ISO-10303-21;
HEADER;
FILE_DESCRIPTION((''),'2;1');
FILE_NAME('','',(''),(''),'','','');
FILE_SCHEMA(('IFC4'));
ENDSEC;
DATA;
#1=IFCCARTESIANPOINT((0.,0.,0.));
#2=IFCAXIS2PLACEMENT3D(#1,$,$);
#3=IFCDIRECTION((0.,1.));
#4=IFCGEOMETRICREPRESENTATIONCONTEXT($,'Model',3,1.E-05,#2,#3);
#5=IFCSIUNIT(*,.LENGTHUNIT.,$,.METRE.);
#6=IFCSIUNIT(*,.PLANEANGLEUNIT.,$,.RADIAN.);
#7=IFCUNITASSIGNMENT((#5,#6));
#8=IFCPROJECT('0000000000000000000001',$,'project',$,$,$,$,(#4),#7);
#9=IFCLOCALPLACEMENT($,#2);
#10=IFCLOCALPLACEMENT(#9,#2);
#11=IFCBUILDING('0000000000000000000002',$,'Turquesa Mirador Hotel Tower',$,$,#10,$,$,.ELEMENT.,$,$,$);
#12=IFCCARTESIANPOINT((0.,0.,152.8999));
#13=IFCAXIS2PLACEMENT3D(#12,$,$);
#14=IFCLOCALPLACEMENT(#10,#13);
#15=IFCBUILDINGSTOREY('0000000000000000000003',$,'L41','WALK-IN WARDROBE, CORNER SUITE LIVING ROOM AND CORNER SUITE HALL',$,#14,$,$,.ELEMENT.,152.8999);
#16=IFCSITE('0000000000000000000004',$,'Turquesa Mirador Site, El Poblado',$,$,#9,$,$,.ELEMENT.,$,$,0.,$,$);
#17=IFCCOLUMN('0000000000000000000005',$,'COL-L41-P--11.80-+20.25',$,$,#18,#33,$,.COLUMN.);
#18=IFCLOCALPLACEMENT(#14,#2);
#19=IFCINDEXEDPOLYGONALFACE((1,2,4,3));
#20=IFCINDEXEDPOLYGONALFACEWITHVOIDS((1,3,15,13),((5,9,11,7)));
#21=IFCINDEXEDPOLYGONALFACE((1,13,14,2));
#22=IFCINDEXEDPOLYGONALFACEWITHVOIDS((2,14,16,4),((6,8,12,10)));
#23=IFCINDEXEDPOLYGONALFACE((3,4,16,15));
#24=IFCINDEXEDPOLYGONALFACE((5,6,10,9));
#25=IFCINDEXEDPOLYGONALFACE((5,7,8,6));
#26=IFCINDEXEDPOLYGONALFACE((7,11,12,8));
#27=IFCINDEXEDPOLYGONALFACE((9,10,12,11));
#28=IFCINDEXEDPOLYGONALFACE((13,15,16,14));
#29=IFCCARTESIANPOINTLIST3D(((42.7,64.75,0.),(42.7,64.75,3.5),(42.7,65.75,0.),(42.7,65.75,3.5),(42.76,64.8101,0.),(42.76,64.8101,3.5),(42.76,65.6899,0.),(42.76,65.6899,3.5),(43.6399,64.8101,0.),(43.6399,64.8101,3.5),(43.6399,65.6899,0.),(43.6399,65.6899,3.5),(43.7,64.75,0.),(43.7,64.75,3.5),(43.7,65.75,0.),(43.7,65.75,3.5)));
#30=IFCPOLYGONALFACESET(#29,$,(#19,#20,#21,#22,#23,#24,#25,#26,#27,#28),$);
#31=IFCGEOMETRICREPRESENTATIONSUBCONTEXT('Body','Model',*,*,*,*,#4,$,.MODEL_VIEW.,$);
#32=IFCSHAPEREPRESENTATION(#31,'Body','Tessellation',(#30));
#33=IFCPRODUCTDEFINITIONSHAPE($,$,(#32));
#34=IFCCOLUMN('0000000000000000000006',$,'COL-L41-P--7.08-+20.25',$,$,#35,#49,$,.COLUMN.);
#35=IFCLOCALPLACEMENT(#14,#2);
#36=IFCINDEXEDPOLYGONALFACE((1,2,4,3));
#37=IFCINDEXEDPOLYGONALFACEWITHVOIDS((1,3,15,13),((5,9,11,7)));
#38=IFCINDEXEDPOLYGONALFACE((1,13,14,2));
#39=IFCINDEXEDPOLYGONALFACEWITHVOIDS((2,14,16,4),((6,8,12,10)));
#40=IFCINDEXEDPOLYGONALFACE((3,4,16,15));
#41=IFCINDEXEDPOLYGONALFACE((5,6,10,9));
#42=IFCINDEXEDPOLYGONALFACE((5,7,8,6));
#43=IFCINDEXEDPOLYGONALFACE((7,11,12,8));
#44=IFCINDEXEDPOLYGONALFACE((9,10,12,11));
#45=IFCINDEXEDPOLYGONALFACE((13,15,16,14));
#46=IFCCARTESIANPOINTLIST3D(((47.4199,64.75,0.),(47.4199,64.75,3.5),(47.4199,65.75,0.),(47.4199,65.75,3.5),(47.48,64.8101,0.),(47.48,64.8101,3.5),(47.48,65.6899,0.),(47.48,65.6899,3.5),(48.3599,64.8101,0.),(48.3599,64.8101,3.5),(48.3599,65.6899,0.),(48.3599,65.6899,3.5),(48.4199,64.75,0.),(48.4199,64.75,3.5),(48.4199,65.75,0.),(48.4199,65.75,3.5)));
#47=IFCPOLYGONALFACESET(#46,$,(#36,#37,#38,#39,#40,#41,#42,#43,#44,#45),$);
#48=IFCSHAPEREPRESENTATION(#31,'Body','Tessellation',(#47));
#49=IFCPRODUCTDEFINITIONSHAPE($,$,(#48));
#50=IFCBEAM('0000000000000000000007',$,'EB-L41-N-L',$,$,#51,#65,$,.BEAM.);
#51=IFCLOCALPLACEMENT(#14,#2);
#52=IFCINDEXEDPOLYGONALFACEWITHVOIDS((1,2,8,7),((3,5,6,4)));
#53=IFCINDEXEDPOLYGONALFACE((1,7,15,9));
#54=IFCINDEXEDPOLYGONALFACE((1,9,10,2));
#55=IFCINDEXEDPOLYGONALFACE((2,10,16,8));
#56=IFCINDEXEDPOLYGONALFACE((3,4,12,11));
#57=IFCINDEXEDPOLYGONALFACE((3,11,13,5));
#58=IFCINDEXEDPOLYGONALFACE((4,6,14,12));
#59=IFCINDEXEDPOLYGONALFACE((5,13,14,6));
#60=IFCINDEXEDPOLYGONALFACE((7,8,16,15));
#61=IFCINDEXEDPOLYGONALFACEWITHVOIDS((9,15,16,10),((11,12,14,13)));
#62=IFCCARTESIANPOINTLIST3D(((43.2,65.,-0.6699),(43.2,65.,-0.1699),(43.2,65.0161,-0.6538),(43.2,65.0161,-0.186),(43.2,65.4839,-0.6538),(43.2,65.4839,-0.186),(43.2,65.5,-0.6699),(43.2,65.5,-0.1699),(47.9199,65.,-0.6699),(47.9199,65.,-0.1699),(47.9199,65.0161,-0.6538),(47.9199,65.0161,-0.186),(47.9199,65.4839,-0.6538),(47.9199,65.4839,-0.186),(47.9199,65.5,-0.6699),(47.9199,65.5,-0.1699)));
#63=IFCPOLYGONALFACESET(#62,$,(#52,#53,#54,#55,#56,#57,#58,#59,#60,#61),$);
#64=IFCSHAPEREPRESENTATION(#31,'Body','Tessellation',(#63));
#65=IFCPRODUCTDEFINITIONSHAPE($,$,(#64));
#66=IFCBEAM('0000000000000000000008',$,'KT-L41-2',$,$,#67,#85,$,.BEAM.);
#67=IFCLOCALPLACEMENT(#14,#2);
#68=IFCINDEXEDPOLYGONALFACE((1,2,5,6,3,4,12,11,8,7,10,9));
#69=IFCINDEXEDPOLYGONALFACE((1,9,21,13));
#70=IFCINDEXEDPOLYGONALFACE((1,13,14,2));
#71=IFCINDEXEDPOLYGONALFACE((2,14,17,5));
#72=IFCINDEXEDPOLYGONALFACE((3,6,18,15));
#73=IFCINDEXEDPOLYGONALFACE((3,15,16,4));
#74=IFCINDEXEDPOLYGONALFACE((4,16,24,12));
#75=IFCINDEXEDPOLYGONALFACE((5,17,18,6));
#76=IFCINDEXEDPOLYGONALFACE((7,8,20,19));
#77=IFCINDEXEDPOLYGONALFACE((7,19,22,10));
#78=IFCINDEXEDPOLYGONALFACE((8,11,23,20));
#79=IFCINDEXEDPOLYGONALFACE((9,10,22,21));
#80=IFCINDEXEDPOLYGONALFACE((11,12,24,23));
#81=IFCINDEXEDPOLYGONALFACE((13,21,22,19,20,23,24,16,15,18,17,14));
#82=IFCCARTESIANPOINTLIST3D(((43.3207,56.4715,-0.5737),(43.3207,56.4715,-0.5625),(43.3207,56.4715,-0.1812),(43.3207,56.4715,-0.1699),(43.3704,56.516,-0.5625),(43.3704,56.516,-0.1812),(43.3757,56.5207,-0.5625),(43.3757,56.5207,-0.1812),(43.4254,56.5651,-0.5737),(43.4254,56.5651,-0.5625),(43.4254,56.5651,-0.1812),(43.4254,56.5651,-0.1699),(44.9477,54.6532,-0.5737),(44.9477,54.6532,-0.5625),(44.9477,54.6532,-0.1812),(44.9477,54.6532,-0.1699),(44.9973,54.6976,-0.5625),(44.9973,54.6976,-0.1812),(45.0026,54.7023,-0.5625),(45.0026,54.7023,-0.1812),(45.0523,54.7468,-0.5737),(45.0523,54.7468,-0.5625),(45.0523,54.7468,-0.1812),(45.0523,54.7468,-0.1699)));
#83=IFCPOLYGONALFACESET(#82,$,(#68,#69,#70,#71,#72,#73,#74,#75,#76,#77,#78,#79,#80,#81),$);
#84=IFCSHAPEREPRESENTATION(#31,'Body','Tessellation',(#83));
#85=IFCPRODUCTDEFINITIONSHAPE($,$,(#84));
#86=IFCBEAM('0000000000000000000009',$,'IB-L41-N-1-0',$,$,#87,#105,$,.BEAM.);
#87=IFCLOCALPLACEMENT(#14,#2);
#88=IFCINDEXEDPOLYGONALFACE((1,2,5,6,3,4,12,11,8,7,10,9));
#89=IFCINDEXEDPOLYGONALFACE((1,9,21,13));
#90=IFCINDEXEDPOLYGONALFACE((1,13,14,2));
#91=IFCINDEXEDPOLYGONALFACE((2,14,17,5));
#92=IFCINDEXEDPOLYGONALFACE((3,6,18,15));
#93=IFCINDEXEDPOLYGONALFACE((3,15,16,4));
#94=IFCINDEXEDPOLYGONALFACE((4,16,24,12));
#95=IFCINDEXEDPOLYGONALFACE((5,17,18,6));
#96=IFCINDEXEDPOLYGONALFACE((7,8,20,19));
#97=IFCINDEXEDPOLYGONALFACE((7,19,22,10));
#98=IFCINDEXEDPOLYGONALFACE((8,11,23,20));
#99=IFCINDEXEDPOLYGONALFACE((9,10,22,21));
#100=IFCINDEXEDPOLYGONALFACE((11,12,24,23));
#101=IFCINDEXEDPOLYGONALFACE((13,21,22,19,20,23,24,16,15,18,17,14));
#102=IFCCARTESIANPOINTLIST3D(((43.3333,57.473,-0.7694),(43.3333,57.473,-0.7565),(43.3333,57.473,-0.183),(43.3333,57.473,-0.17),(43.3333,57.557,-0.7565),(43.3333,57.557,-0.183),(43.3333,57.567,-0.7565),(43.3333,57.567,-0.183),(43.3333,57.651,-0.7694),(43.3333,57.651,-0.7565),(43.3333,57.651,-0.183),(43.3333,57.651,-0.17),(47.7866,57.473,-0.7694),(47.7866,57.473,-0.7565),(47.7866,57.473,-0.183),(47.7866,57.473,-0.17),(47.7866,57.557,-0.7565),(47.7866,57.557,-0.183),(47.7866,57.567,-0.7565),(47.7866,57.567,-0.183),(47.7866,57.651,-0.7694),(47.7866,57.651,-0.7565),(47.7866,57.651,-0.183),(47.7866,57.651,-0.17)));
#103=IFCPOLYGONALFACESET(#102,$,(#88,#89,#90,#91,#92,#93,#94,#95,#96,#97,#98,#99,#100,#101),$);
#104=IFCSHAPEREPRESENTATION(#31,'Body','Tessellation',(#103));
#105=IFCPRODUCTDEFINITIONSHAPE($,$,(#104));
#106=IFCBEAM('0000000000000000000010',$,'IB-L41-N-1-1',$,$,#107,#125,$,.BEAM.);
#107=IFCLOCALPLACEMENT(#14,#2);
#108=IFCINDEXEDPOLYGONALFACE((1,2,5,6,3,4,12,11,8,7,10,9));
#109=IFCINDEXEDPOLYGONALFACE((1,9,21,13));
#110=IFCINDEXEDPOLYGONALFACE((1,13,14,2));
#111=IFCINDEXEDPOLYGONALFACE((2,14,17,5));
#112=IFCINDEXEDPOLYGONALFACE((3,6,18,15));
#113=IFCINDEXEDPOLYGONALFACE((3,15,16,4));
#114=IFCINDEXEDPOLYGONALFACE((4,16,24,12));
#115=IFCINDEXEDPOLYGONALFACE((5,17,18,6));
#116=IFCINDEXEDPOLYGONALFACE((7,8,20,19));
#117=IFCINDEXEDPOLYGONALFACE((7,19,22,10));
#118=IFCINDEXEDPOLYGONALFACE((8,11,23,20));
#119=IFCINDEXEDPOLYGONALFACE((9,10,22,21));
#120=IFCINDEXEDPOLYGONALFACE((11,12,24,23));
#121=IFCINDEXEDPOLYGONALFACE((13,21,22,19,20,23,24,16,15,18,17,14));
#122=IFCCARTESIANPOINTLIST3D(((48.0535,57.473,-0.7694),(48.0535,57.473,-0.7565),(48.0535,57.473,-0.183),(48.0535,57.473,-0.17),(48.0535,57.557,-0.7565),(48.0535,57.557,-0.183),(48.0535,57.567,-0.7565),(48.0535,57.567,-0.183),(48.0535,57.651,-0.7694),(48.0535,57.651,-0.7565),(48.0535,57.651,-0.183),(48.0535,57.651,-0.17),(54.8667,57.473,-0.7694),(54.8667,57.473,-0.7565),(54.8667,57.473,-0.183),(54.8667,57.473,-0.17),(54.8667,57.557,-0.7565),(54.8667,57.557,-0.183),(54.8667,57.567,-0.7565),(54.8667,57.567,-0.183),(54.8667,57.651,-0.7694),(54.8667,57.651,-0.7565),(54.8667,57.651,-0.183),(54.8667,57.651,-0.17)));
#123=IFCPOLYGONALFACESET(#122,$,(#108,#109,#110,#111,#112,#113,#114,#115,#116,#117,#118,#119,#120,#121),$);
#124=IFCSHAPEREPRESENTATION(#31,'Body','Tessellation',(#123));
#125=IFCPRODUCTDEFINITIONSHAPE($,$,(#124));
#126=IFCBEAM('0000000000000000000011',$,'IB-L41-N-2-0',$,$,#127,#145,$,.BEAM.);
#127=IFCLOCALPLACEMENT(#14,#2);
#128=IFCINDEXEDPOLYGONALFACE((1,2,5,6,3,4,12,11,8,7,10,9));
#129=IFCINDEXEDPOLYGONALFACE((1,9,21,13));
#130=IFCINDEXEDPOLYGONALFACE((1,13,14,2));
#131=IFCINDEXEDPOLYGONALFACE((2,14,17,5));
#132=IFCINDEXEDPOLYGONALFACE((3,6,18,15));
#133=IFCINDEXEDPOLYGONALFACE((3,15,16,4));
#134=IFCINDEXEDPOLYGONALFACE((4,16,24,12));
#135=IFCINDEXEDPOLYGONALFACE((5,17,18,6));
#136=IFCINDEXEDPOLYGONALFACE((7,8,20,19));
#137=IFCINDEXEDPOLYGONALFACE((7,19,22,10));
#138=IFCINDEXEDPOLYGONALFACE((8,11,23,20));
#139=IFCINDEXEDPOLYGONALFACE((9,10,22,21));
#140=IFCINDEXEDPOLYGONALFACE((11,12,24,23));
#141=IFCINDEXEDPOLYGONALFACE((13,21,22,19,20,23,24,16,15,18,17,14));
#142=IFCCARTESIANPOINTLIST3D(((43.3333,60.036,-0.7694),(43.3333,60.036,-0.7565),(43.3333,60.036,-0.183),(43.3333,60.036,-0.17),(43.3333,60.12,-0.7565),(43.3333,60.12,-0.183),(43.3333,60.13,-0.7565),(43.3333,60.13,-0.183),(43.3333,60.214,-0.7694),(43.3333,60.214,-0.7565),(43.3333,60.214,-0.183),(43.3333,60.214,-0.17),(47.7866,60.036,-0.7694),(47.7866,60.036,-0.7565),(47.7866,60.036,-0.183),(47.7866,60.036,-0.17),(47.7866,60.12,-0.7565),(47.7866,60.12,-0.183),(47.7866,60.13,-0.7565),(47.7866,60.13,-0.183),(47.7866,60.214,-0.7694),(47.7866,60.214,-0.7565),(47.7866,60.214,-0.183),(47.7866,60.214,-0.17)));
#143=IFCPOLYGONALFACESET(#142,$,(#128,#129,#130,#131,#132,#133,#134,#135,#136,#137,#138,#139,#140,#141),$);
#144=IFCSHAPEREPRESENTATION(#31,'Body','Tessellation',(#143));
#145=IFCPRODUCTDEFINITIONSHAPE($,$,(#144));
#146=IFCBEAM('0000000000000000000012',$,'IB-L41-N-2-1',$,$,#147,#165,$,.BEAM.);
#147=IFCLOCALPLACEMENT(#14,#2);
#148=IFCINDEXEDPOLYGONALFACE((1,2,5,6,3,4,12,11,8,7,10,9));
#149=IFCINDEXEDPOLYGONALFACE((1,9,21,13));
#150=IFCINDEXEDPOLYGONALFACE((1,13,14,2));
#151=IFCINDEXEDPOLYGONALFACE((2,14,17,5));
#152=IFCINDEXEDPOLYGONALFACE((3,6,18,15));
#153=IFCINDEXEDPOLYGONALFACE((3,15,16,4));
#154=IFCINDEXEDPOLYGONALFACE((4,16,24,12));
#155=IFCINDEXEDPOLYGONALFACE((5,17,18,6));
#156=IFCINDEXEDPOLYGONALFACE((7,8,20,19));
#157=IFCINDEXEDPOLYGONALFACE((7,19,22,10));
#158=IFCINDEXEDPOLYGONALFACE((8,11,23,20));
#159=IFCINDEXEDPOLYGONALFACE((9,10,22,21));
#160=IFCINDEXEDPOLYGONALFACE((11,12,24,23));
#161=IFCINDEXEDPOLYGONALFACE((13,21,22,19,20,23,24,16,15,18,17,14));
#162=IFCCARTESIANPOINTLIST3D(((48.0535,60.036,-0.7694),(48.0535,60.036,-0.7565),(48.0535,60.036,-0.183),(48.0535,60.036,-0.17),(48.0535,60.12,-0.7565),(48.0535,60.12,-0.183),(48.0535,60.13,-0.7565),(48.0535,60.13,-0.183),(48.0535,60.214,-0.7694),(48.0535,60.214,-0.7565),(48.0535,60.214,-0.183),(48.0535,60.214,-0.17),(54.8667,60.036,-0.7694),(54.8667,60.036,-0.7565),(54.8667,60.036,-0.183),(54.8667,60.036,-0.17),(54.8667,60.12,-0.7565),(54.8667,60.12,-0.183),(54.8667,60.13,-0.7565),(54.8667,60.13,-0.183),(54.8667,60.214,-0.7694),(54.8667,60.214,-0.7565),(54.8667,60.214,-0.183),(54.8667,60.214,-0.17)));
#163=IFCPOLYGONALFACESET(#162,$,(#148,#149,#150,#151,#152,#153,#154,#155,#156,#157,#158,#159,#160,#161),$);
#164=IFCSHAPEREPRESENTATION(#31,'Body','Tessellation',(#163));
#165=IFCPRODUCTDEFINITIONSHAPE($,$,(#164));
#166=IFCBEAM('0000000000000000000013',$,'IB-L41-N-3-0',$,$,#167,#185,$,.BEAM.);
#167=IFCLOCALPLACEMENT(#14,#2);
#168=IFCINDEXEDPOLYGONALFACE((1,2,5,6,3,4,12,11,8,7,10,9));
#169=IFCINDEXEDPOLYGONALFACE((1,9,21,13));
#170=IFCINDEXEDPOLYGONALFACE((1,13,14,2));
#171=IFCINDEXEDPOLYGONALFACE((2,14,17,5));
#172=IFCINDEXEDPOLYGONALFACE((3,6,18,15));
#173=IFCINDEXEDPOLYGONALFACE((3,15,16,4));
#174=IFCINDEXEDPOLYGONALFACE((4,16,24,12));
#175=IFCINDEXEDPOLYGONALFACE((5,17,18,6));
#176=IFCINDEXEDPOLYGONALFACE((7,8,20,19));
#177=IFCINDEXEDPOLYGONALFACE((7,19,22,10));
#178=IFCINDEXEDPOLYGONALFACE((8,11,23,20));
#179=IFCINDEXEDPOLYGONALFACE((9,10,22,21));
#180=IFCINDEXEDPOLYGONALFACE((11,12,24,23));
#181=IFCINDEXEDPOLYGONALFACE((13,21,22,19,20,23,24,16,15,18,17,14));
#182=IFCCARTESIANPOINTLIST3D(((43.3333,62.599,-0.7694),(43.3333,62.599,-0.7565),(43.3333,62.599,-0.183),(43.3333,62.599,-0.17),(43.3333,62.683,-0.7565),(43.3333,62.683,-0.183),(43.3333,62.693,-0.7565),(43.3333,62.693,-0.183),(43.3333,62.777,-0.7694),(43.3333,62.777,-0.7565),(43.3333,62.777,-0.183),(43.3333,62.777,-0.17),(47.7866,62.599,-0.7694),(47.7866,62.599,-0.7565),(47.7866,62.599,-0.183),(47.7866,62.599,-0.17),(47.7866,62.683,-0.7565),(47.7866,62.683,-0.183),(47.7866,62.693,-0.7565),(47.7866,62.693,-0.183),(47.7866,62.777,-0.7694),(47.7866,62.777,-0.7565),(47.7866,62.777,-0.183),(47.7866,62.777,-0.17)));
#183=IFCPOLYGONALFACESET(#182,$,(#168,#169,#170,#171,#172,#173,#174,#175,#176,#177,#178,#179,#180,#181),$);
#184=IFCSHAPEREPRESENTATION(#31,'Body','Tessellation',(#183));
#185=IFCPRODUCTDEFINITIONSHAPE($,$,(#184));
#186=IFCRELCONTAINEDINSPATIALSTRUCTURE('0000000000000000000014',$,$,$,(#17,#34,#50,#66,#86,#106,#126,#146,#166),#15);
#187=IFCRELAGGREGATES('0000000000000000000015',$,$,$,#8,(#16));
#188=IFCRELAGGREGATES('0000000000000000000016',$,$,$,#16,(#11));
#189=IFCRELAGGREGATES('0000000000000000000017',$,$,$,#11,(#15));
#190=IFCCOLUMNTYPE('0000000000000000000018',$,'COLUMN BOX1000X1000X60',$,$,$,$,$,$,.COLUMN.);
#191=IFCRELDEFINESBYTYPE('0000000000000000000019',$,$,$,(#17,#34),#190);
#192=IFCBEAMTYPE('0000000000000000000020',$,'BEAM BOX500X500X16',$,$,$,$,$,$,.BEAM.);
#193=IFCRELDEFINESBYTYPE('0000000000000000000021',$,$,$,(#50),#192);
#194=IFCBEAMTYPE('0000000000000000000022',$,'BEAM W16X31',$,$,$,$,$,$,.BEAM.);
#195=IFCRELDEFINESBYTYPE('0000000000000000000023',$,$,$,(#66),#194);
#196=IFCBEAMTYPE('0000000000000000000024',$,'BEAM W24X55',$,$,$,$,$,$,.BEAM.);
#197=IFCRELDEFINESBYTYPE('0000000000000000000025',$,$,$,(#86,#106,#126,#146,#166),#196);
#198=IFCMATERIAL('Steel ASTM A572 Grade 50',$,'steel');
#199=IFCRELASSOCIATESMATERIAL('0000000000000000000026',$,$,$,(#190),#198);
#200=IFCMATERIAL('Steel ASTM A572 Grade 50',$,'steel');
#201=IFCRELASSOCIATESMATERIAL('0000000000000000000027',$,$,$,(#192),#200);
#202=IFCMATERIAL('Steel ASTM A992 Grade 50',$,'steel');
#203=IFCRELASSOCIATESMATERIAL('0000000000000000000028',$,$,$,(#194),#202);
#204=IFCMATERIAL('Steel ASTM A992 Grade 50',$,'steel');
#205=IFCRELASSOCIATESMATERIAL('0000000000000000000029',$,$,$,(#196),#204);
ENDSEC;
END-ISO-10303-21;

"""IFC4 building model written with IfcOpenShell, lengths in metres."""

from ifc_helpers import new_model, si_unit, direction, frame, origin, origin_2d, place, context, subcontext, project, spatial, hollow_rectangle, i_section, extrude, material, material_profile, profile_set, type_object, element, save


model = new_model("IFC4")

# Units and contexts
model_context = context("Model", 3, precision=1e-05, world=origin(), true_north=direction((0.0, 1.0)))
body_context = subcontext(model_context, "Body", "Model", "MODEL_VIEW")
ifc_project = project(units=[si_unit("LENGTHUNIT", "METRE"), si_unit("PLANEANGLEUNIT", "RADIAN")], contexts=[model_context])

# Site, building, storey
site_placement = place(None, origin())
site = spatial("IfcSite", under=ifc_project, at=site_placement, Name="Turquesa Mirador Site, El Poblado", CompositionType="ELEMENT", RefElevation=0.0)
building_placement = place(site_placement, origin())
building = spatial("IfcBuilding", under=site, at=building_placement, Name="Turquesa Mirador Hotel Tower", CompositionType="ELEMENT")
storey_placement = place(building_placement, frame((0.0, 0.0, 152.8999)))
storey = spatial("IfcBuildingStorey", under=building, at=storey_placement, Name="L41", Description="WALK-IN WARDROBE, CORNER SUITE LIVING ROOM AND CORNER SUITE HALL", CompositionType="ELEMENT", Elevation=152.8999)

# Columns
ifc_material_1 = material(Name="Steel ASTM A572 Grade 50", Category="steel")
ifc_material_profile_1 = material_profile(ifc_material_1, hollow_rectangle(XDim=1.0, YDim=1.0, WallThickness=0.0601, at=origin_2d()), Name="BOX1000X1000X60")
ifc_profile_set_1 = profile_set([ifc_material_profile_1], Name="Steel ASTM A572 Grade 50")
column_type = type_object("IfcColumnType", Name="COLUMN BOX1000X1000X60", PredefinedType="COLUMN", material=ifc_profile_set_1)
for number, where, z_axis, x_axis, name in (
    (1, (43.2, 65.25, 0.0), (0.0, 0.0, 1.0), (1.0, 0.0, 0.0), "COL-L41-P--11.80-+20.25"),
    (2, (47.9199, 65.25, 0.0), (0.0, 0.0, 1.0), (1.0, 0.0, 0.0), "COL-L41-P--7.08-+20.25"),
):
    element("IfcColumn", number, at=place(storey_placement, frame(where, z_axis=z_axis, x_axis=x_axis)), inside=storey, type_object=column_type, Name=name, PredefinedType="COLUMN", context=body_context, shape_type="SweptSolid", body=[
        extrude(hollow_rectangle(XDim=1.0, YDim=1.0, WallThickness=0.0601, at=origin_2d()), origin(), (0.0, 0.0, 1.0), 3.5),
    ])

# Beams
ifc_material_2 = material(Name="Steel ASTM A572 Grade 50", Category="steel")
ifc_material_profile_2 = material_profile(ifc_material_2, hollow_rectangle(XDim=0.5, YDim=0.5, WallThickness=0.0161, at=origin_2d()), Name="BOX500X500X16")
ifc_profile_set_2 = profile_set([ifc_material_profile_2], Name="Steel ASTM A572 Grade 50")
beam_type_1 = type_object("IfcBeamType", Name="BEAM BOX500X500X16", PredefinedType="BEAM", material=ifc_profile_set_2)
beam_1_placement = place(storey_placement, frame((43.2, 65.25, -0.4199), z_axis=(1.0, 0.0, 0.0), x_axis=(0.0, 1.0, 0.0)))
element("IfcBeam", 3, at=beam_1_placement, inside=storey, type_object=beam_type_1, Name="EB-L41-N-L", PredefinedType="BEAM", context=body_context, shape_type="SweptSolid", body=[
    extrude(hollow_rectangle(XDim=0.5, YDim=0.5, WallThickness=0.0161, at=origin_2d()), origin(), (0.0, 0.0, 1.0), 4.72),
])
ifc_material_3 = material(Name="Steel ASTM A992 Grade 50", Category="steel")
ifc_material_profile_3 = material_profile(ifc_material_3, i_section(OverallWidth=0.1404, OverallDepth=0.4038, WebThickness=0.0071, FlangeThickness=0.0112, at=origin_2d()), Name="W16X31")
ifc_profile_set_3 = profile_set([ifc_material_profile_3], Name="Steel ASTM A992 Grade 50")
beam_type_2 = type_object("IfcBeamType", Name="BEAM W16X31", PredefinedType="BEAM", material=ifc_profile_set_3)
beam_2_placement = place(storey_placement, frame((43.373, 56.5183, -0.3718), z_axis=(0.666795, -0.745241, 0.0), x_axis=(0.745241, 0.666795, 0.0)))
element("IfcBeam", 4, at=beam_2_placement, inside=storey, type_object=beam_type_2, Name="KT-L41-2", PredefinedType="BEAM", context=body_context, shape_type="SweptSolid", body=[
    extrude(i_section(OverallWidth=0.1404, OverallDepth=0.4038, WebThickness=0.0071, FlangeThickness=0.0112, at=origin_2d()), origin(), (0.0, 0.0, 1.0), 2.4399),
])
ifc_material_4 = material(Name="Steel ASTM A992 Grade 50", Category="steel")
ifc_material_profile_4 = material_profile(ifc_material_4, i_section(OverallWidth=0.178, OverallDepth=0.5994, WebThickness=0.01, FlangeThickness=0.0129, at=origin_2d()), Name="W24X55")
ifc_profile_set_4 = profile_set([ifc_material_profile_4], Name="Steel ASTM A992 Grade 50")
beam_type_3 = type_object("IfcBeamType", Name="BEAM W24X55", PredefinedType="BEAM", material=ifc_profile_set_4)
beam_3_placement = place(storey_placement, frame((43.3333, 57.562, -0.4697), z_axis=(1.0, 0.0, 0.0), x_axis=(0.0, 1.0, 0.0)))
element("IfcBeam", 5, at=beam_3_placement, inside=storey, type_object=beam_type_3, Name="IB-L41-N-1-0", PredefinedType="BEAM", context=body_context, shape_type="SweptSolid", body=[
    extrude(i_section(OverallWidth=0.178, OverallDepth=0.5994, WebThickness=0.01, FlangeThickness=0.0129, at=origin_2d()), origin(), (0.0, 0.0, 1.0), 4.4534),
])
beam_4_placement = place(storey_placement, frame((48.0535, 57.562, -0.4697), z_axis=(1.0, 0.0, 0.0), x_axis=(0.0, 1.0, 0.0)))
element("IfcBeam", 6, at=beam_4_placement, inside=storey, type_object=beam_type_3, Name="IB-L41-N-1-1", PredefinedType="BEAM", context=body_context, shape_type="SweptSolid", body=[
    extrude(i_section(OverallWidth=0.178, OverallDepth=0.5994, WebThickness=0.01, FlangeThickness=0.0129, at=origin_2d()), origin(), (0.0, 0.0, 1.0), 6.8132),
])
beam_5_placement = place(storey_placement, frame((43.3333, 60.125, -0.4697), z_axis=(1.0, 0.0, 0.0), x_axis=(0.0, 1.0, 0.0)))
element("IfcBeam", 7, at=beam_5_placement, inside=storey, type_object=beam_type_3, Name="IB-L41-N-2-0", PredefinedType="BEAM", context=body_context, shape_type="SweptSolid", body=[
    extrude(i_section(OverallWidth=0.178, OverallDepth=0.5994, WebThickness=0.01, FlangeThickness=0.0129, at=origin_2d()), origin(), (0.0, 0.0, 1.0), 4.4534),
])
beam_6_placement = place(storey_placement, frame((48.0535, 60.125, -0.4697), z_axis=(1.0, 0.0, 0.0), x_axis=(0.0, 1.0, 0.0)))
element("IfcBeam", 8, at=beam_6_placement, inside=storey, type_object=beam_type_3, Name="IB-L41-N-2-1", PredefinedType="BEAM", context=body_context, shape_type="SweptSolid", body=[
    extrude(i_section(OverallWidth=0.178, OverallDepth=0.5994, WebThickness=0.01, FlangeThickness=0.0129, at=origin_2d()), origin(), (0.0, 0.0, 1.0), 6.8132),
])
beam_7_placement = place(storey_placement, frame((43.3333, 62.688, -0.4697), z_axis=(1.0, 0.0, 0.0), x_axis=(0.0, 1.0, 0.0)))
element("IfcBeam", 9, at=beam_7_placement, inside=storey, type_object=beam_type_3, Name="IB-L41-N-3-0", PredefinedType="BEAM", context=body_context, shape_type="SweptSolid", body=[
    extrude(i_section(OverallWidth=0.178, OverallDepth=0.5994, WebThickness=0.01, FlangeThickness=0.0129, at=origin_2d()), origin(), (0.0, 0.0, 1.0), 4.4534),
])

save(model, "model.ifc")
